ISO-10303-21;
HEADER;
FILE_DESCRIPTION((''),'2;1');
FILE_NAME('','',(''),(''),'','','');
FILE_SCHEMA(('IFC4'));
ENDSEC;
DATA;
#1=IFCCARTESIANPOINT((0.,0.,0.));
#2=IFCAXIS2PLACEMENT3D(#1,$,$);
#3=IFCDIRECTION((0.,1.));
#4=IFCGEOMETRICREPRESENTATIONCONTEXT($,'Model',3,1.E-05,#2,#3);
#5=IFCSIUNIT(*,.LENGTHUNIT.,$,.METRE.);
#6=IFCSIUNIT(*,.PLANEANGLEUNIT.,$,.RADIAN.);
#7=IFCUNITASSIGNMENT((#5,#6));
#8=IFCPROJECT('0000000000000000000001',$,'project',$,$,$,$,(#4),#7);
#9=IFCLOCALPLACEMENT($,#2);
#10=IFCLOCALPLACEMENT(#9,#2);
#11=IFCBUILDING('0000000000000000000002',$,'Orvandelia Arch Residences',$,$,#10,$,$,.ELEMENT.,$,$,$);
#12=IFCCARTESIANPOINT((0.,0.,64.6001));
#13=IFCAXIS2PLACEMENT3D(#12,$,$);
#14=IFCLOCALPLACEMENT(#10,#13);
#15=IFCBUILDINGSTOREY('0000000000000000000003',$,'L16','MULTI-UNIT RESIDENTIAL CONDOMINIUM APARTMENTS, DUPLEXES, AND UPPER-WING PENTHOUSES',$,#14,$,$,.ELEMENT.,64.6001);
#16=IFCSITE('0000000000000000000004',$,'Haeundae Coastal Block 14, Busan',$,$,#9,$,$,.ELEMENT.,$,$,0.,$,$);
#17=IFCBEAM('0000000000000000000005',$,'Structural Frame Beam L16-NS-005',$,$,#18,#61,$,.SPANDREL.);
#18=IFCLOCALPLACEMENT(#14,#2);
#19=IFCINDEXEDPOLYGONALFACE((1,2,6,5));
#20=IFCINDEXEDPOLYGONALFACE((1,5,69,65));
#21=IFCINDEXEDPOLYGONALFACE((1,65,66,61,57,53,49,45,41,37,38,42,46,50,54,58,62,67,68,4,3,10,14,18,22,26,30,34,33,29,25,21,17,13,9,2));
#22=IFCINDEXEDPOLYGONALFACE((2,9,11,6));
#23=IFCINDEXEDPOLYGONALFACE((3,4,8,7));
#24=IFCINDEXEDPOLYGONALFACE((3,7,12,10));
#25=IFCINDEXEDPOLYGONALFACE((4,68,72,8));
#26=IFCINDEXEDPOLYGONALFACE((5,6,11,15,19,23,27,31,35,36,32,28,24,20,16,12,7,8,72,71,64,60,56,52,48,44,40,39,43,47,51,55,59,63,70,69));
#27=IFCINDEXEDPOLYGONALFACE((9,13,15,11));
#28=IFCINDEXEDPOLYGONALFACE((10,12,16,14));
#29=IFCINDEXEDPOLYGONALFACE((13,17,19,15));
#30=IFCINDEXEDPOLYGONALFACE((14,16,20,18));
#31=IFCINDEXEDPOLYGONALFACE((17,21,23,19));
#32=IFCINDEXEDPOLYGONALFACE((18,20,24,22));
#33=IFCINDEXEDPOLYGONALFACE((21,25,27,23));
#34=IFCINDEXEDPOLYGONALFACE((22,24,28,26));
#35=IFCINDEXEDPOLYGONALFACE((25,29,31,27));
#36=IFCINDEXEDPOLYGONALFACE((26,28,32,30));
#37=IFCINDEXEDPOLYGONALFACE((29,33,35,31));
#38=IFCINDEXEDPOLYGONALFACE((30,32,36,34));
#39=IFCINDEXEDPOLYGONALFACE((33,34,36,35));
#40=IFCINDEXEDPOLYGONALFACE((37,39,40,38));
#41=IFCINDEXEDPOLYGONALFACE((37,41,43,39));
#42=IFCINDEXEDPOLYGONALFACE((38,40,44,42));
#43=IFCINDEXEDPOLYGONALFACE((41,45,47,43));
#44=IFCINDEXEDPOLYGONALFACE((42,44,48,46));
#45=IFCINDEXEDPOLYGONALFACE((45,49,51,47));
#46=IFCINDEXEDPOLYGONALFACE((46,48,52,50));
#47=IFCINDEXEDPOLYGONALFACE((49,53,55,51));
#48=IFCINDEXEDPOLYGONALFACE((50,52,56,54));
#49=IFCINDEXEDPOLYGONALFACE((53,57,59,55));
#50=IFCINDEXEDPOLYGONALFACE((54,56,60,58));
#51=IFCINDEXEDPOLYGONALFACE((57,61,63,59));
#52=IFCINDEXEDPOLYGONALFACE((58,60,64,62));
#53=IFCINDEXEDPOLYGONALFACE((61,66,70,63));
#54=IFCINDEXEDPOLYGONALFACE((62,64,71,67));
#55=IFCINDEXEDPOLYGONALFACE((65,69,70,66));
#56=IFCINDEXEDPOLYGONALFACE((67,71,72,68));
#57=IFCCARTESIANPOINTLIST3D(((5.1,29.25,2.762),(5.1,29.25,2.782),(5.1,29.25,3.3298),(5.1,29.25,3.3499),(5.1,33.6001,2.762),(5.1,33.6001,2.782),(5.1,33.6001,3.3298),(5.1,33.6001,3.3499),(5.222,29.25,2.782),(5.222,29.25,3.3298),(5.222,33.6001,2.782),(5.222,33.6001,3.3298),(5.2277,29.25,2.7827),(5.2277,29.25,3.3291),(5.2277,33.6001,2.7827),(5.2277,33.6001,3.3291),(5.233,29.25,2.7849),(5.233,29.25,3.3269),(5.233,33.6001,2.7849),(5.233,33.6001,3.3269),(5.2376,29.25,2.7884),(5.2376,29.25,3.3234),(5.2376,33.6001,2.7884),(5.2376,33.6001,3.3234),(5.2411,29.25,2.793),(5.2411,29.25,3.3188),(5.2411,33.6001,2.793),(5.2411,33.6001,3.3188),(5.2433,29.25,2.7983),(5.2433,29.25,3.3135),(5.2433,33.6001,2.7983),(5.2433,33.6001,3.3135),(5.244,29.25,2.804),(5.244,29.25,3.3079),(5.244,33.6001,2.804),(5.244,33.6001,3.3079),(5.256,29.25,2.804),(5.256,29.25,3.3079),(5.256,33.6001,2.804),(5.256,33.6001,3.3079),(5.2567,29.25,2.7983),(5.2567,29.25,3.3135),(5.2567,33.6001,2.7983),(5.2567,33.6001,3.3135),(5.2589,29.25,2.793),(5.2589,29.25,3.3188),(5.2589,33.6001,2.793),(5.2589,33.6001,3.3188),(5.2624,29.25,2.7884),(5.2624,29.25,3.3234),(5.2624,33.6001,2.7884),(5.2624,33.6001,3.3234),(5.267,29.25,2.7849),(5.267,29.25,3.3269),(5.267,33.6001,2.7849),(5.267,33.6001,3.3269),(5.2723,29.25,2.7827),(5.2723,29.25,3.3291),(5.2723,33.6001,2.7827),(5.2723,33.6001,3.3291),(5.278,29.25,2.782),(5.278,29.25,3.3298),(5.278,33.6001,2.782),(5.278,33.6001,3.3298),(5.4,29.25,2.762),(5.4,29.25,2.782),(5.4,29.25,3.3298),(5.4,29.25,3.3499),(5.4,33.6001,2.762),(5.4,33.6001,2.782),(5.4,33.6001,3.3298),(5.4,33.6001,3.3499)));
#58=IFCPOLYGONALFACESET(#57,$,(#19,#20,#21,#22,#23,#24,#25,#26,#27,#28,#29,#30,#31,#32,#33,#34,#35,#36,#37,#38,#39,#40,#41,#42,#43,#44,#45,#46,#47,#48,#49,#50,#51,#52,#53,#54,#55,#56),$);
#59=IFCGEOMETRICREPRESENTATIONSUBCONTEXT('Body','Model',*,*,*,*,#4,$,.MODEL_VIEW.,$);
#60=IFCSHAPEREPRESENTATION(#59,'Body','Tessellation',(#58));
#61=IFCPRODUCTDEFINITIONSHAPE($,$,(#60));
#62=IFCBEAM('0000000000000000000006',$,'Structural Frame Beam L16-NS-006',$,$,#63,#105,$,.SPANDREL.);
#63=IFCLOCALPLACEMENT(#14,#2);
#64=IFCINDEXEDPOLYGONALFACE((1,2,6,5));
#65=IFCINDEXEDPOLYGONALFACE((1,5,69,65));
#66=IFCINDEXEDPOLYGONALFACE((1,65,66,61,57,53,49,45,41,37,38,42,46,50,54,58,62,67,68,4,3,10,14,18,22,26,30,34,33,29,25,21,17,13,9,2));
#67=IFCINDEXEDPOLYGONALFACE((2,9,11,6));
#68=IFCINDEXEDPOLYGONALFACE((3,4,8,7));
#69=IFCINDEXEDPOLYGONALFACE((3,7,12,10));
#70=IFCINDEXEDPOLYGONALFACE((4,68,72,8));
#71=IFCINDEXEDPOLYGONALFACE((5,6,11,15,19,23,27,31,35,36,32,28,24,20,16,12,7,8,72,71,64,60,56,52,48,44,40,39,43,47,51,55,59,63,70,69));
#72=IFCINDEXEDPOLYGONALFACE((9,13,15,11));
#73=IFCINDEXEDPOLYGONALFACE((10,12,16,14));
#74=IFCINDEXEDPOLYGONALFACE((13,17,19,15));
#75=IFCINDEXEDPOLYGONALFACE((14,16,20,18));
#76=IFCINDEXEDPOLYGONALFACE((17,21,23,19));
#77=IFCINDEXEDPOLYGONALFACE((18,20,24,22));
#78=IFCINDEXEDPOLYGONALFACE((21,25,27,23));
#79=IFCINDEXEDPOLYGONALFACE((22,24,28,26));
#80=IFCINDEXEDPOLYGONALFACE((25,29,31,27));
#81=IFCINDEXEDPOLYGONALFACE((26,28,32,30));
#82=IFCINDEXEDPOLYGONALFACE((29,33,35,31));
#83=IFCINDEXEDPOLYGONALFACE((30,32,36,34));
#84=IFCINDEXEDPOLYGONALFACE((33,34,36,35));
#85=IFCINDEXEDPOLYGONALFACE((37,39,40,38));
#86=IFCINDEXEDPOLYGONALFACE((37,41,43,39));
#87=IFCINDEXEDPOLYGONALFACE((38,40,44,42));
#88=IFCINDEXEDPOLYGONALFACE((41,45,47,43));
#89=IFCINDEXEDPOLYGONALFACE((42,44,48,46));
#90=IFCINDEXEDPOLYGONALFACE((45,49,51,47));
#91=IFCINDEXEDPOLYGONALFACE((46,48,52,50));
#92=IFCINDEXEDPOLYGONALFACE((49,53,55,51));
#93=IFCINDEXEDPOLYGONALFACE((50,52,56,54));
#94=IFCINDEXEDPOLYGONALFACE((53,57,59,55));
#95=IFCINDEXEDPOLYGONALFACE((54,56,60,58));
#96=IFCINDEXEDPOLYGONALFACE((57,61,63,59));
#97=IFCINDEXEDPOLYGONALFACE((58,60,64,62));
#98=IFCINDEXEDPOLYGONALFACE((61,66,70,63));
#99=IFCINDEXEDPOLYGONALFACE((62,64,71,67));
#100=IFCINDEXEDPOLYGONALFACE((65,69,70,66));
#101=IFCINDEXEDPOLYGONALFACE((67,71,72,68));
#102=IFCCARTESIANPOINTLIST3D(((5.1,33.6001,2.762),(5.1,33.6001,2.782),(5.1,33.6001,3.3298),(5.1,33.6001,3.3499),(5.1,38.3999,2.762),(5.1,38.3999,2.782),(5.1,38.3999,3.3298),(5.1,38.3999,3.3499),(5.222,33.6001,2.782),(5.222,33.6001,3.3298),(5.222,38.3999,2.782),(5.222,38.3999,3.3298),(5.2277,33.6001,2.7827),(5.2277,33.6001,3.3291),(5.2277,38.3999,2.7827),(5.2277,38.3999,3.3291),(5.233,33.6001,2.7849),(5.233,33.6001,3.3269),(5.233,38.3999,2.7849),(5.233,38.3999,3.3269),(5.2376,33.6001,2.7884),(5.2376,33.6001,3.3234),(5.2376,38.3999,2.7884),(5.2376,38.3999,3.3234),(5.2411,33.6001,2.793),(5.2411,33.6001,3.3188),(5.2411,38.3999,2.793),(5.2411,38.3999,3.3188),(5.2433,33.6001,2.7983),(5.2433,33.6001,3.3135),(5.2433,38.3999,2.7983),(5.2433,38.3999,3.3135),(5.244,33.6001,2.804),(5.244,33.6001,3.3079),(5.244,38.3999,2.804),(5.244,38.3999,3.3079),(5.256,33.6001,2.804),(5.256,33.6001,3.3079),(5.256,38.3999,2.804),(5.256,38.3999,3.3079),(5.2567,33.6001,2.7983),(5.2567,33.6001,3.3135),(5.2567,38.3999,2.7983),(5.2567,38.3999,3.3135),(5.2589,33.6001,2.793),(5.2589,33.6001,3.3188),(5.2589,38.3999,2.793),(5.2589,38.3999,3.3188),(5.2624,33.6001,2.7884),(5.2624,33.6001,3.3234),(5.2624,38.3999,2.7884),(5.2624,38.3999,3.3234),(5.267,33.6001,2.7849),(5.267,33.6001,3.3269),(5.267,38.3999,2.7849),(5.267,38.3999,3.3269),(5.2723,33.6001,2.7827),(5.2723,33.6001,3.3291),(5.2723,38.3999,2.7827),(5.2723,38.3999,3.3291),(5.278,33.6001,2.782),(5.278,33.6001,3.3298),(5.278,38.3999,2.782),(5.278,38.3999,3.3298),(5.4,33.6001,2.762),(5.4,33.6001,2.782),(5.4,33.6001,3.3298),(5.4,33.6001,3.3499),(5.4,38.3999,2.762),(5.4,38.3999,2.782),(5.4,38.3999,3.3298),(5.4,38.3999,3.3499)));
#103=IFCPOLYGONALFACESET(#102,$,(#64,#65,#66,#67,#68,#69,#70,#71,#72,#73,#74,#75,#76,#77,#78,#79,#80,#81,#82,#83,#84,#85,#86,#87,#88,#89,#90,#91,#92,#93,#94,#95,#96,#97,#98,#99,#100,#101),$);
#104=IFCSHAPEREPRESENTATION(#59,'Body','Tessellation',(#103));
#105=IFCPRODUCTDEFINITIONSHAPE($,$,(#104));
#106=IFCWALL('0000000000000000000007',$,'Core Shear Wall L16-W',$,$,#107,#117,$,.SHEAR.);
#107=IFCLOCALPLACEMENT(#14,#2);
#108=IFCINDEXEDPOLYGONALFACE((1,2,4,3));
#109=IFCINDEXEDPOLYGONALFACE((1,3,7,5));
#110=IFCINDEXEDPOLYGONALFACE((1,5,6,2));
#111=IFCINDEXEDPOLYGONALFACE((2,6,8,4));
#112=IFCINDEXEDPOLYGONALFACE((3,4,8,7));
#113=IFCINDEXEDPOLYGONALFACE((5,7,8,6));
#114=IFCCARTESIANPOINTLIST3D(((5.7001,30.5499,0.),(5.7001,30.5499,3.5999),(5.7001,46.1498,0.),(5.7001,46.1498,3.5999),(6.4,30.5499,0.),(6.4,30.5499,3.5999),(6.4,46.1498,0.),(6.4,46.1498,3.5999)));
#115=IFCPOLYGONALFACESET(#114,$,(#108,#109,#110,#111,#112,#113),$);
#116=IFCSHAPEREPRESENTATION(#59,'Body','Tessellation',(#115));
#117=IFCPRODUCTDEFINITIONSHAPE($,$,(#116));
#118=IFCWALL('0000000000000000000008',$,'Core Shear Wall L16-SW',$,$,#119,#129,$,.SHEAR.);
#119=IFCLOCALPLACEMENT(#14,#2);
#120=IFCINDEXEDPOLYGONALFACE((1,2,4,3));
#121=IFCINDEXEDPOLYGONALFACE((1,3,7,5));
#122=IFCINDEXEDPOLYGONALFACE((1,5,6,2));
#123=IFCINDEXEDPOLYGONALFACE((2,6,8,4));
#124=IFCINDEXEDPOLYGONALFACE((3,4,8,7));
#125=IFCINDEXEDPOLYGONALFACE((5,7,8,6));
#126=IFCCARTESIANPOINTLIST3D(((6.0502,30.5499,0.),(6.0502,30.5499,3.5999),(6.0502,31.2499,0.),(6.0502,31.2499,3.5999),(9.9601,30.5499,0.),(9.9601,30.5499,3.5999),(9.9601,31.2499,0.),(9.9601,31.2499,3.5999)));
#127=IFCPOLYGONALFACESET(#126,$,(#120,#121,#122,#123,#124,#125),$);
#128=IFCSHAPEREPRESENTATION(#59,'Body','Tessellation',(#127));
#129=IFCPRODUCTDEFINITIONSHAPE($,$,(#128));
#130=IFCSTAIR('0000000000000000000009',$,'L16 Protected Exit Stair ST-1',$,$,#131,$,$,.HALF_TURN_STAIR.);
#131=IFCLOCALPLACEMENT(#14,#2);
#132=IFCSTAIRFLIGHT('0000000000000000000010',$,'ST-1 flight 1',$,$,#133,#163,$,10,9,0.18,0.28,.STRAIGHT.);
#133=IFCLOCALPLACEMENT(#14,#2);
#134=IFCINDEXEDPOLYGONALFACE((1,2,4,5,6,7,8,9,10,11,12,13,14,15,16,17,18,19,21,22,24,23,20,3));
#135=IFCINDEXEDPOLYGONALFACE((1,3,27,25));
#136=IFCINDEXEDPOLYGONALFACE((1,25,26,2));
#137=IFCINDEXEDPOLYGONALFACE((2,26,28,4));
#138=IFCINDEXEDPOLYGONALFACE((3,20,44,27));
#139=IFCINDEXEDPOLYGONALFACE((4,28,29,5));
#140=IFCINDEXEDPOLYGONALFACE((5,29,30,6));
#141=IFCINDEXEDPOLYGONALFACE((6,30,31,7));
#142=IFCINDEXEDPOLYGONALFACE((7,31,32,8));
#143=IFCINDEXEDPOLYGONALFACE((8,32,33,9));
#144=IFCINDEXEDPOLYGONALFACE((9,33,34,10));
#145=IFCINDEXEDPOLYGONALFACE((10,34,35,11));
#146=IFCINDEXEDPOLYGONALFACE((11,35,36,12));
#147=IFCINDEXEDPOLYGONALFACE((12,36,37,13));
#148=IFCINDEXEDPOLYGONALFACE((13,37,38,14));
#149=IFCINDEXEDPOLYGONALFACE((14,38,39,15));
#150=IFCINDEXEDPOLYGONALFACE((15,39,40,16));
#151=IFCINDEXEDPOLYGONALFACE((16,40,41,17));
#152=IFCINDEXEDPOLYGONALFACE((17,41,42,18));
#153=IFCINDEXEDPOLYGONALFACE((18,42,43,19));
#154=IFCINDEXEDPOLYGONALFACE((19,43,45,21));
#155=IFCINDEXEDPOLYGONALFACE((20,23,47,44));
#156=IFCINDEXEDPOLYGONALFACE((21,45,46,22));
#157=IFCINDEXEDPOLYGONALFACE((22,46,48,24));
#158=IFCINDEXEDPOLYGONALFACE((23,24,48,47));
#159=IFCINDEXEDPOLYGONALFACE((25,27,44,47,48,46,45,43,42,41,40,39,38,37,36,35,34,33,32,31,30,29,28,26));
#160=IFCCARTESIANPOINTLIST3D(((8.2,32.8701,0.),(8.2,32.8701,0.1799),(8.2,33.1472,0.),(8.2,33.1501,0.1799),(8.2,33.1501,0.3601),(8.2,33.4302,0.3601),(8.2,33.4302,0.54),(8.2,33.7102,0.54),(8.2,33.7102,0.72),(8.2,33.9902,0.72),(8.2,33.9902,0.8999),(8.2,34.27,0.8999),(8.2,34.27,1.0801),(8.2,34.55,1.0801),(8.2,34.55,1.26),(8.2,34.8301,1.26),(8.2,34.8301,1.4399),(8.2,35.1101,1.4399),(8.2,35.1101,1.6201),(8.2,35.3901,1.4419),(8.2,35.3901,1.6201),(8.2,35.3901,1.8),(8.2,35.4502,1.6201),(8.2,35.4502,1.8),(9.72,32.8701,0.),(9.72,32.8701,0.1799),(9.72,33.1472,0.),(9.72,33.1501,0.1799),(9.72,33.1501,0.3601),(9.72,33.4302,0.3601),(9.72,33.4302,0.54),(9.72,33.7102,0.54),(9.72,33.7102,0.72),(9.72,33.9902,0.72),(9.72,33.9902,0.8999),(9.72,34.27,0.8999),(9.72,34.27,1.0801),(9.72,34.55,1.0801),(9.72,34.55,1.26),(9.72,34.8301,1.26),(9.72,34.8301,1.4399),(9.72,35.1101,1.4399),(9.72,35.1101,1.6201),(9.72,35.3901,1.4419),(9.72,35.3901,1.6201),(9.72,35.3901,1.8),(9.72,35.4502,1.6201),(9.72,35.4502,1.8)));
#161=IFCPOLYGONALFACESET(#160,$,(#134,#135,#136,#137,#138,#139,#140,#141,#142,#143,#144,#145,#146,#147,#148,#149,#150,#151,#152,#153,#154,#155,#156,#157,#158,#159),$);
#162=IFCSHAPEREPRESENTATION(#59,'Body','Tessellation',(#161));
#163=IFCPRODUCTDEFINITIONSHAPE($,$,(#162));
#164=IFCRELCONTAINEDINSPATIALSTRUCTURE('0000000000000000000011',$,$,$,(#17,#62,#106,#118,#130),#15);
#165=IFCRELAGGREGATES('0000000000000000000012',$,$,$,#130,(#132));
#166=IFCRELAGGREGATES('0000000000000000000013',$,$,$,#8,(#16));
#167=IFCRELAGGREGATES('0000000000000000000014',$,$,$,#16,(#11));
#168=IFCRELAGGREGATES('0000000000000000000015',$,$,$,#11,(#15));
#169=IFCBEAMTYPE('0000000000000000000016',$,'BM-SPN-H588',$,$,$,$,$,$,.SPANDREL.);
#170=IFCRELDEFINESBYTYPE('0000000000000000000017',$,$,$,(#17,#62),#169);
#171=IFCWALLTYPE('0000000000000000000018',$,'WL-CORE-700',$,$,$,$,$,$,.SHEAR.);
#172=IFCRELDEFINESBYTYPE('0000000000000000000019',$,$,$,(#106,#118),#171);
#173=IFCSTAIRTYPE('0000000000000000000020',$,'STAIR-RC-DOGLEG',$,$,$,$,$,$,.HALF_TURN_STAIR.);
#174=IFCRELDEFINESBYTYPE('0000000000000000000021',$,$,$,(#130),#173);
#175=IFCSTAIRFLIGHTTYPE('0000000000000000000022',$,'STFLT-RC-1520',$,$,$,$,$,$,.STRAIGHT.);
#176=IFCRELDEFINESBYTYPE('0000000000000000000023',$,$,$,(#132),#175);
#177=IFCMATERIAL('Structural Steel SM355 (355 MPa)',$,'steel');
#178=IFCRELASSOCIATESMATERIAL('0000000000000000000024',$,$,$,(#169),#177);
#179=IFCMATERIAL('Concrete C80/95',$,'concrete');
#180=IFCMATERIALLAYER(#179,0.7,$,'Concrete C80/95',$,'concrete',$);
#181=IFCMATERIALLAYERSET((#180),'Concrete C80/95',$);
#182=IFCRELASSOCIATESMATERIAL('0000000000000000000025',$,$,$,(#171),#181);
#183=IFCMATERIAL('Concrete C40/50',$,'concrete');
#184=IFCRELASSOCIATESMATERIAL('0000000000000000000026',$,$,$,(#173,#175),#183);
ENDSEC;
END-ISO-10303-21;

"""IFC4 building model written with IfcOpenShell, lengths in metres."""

from ifc_helpers import new_model, si_unit, direction, frame, frame_2d, origin, origin_2d, place, context, subcontext, project, spatial, polyline, rectangle, i_section, outline, extrude, material, layer, layer_set, material_profile, profile_set, type_object, element, aggregate, save


model = new_model("IFC4")

# Units and contexts
model_context = context("Model", 3, precision=1e-05, world=origin(), true_north=direction((0.0, 1.0)))
body_context = subcontext(model_context, "Body", "Model", "MODEL_VIEW")
ifc_project = project(units=[si_unit("LENGTHUNIT", "METRE"), si_unit("PLANEANGLEUNIT", "RADIAN")], contexts=[model_context])

# Site, building, storey
site_placement = place(None, origin())
site = spatial("IfcSite", under=ifc_project, at=site_placement, Name="Haeundae Coastal Block 14, Busan", CompositionType="ELEMENT", RefElevation=0.0)
building_placement = place(site_placement, origin())
building = spatial("IfcBuilding", under=site, at=building_placement, Name="Orvandelia Arch Residences", CompositionType="ELEMENT")
storey_placement = place(building_placement, frame((0.0, 0.0, 64.6001)))
storey = spatial("IfcBuildingStorey", under=building, at=storey_placement, Name="L16", Description="MULTI-UNIT RESIDENTIAL CONDOMINIUM APARTMENTS, DUPLEXES, AND UPPER-WING PENTHOUSES", CompositionType="ELEMENT", Elevation=64.6001)

# Shared definitions
ifc_material_1 = material(Name="Concrete C80/95", Category="concrete")

# Beams
ifc_material_2 = material(Name="Structural Steel SM355 (355 MPa)", Category="steel")
ifc_material_profile_1 = material_profile(ifc_material_2, i_section(OverallWidth=0.3, OverallDepth=0.5879, WebThickness=0.012, FlangeThickness=0.02, FilletRadius=0.022, at=origin_2d()), Name="Structural Steel SM355 (355 MPa)", Category="steel")
ifc_profile_set_1 = profile_set([ifc_material_profile_1], Name="Structural Steel SM355 (355 MPa)")
beam_type_1 = type_object("IfcBeamType", Name="BM-SPN-H588", PredefinedType="SPANDREL", material=ifc_profile_set_1)
beam_1_placement = place(storey_placement, frame((5.25, 29.25, 3.0559), z_axis=(0.0, 1.0, 0.0), x_axis=(-1.0, 0.0, 0.0)))
element("IfcBeam", 1, at=beam_1_placement, inside=storey, type_object=beam_type_1, Name="Structural Frame Beam L16-NS-005", PredefinedType="SPANDREL", context=body_context, shape_type="SweptSolid", body=[
    extrude(i_section(OverallWidth=0.3, OverallDepth=0.5879, WebThickness=0.012, FlangeThickness=0.02, FilletRadius=0.022, at=origin_2d()), origin(), (0.0, 0.0, 1.0), 4.3501),
])
beam_2_placement = place(storey_placement, frame((5.25, 33.6001, 3.0559), z_axis=(0.0, 1.0, 0.0), x_axis=(-1.0, 0.0, 0.0)))
element("IfcBeam", 2, at=beam_2_placement, inside=storey, type_object=beam_type_1, Name="Structural Frame Beam L16-NS-006", PredefinedType="SPANDREL", context=body_context, shape_type="SweptSolid", body=[
    extrude(i_section(OverallWidth=0.3, OverallDepth=0.5879, WebThickness=0.012, FlangeThickness=0.02, FilletRadius=0.022, at=origin_2d()), origin(), (0.0, 0.0, 1.0), 4.7998),
])

# Walls
ifc_layer = layer(ifc_material_1, 0.7, Name="Concrete C80/95", Category="concrete")
ifc_layer_set = layer_set([ifc_layer], Name="Concrete C80/95")
wall_type = type_object("IfcWallType", Name="WL-CORE-700", PredefinedType="SHEAR", material=ifc_layer_set)
wall_1_placement = place(storey_placement, frame((6.05, 30.55, 0.0), z_axis=(0.0, 0.0, 1.0), x_axis=(0.0, 1.0, 0.0)))
element("IfcWall", 3, at=wall_1_placement, inside=storey, type_object=wall_type, Name="Core Shear Wall L16-W", PredefinedType="SHEAR", context=body_context, shape_type="SweptSolid", body=[
    extrude(rectangle(XDim=15.5999, YDim=0.7, at=frame_2d((7.7998, 0.0))), origin(), (0.0, 0.0, 1.0), 3.5999),
])
wall_2_placement = place(storey_placement, frame((6.05, 30.8999, 0.0), z_axis=(0.0, 0.0, 1.0), x_axis=(1.0, 0.0, 0.0)))
element("IfcWall", 4, at=wall_2_placement, inside=storey, type_object=wall_type, Name="Core Shear Wall L16-SW", PredefinedType="SHEAR", context=body_context, shape_type="SweptSolid", body=[
    extrude(rectangle(XDim=3.9099, YDim=0.7, at=frame_2d((1.9551, 0.0))), origin(), (0.0, 0.0, 1.0), 3.5999),
])

# Stair, stair flight
ifc_material_3 = material(Name="Concrete C40/50", Category="concrete")
stair_type = type_object("IfcStairType", Name="STAIR-RC-DOGLEG", PredefinedType="HALF_TURN_STAIR", material=ifc_material_3)
stair_placement = place(storey_placement, origin())
stair = element("IfcStair", 5, at=stair_placement, inside=storey, type_object=stair_type, Name="L16 Protected Exit Stair ST-1", PredefinedType="HALF_TURN_STAIR")
stair_flight_type = type_object("IfcStairFlightType", Name="STFLT-RC-1520", PredefinedType="STRAIGHT", material=ifc_material_3)
stair_flight_1_placement = place(storey_placement, frame((8.96, 32.8701, 0.0), z_axis=(0.0, 0.0, 1.0), x_axis=(0.0, 1.0, 0.0)))
stair_flight_1 = element("IfcStairFlight", 6, at=stair_flight_1_placement, type_object=stair_flight_type, Name="ST-1 flight 1", NumberOfRisers=10, NumberOfTreads=9, PredefinedType="STRAIGHT", RiserHeight=0.18, TreadLength=0.28, context=body_context, shape_type="SweptSolid", body=[
    extrude(outline(polyline([(0.0, 0.0), (0.0, 0.1799), (0.28, 0.1799), (0.28, 0.3601), (0.5601, 0.3601), (0.5601, 0.54), (0.8401, 0.54), (0.8401, 0.72), (1.1201, 0.72), (1.1201, 0.8999), (1.3999, 0.8999), (1.3999, 1.0801), (1.6799, 1.0801), (1.6799, 1.26), (1.96, 1.26), (1.96, 1.4399), (2.24, 1.4399), (2.24, 1.6201), (2.52, 1.6201), (2.52, 1.8), (2.5801, 1.8), (2.5801, 1.6201), (2.52, 1.4419), (0.2771, 0.0), (0.0, 0.0)])), frame((0.0, 0.76, 0.0), z_axis=(0.0, -1.0, 0.0), x_axis=(1.0, 0.0, 0.0)), (0.0, 0.0, 1.0), 1.52),
])
aggregate(stair, [stair_flight_1])

save(model, "model.ifc")
